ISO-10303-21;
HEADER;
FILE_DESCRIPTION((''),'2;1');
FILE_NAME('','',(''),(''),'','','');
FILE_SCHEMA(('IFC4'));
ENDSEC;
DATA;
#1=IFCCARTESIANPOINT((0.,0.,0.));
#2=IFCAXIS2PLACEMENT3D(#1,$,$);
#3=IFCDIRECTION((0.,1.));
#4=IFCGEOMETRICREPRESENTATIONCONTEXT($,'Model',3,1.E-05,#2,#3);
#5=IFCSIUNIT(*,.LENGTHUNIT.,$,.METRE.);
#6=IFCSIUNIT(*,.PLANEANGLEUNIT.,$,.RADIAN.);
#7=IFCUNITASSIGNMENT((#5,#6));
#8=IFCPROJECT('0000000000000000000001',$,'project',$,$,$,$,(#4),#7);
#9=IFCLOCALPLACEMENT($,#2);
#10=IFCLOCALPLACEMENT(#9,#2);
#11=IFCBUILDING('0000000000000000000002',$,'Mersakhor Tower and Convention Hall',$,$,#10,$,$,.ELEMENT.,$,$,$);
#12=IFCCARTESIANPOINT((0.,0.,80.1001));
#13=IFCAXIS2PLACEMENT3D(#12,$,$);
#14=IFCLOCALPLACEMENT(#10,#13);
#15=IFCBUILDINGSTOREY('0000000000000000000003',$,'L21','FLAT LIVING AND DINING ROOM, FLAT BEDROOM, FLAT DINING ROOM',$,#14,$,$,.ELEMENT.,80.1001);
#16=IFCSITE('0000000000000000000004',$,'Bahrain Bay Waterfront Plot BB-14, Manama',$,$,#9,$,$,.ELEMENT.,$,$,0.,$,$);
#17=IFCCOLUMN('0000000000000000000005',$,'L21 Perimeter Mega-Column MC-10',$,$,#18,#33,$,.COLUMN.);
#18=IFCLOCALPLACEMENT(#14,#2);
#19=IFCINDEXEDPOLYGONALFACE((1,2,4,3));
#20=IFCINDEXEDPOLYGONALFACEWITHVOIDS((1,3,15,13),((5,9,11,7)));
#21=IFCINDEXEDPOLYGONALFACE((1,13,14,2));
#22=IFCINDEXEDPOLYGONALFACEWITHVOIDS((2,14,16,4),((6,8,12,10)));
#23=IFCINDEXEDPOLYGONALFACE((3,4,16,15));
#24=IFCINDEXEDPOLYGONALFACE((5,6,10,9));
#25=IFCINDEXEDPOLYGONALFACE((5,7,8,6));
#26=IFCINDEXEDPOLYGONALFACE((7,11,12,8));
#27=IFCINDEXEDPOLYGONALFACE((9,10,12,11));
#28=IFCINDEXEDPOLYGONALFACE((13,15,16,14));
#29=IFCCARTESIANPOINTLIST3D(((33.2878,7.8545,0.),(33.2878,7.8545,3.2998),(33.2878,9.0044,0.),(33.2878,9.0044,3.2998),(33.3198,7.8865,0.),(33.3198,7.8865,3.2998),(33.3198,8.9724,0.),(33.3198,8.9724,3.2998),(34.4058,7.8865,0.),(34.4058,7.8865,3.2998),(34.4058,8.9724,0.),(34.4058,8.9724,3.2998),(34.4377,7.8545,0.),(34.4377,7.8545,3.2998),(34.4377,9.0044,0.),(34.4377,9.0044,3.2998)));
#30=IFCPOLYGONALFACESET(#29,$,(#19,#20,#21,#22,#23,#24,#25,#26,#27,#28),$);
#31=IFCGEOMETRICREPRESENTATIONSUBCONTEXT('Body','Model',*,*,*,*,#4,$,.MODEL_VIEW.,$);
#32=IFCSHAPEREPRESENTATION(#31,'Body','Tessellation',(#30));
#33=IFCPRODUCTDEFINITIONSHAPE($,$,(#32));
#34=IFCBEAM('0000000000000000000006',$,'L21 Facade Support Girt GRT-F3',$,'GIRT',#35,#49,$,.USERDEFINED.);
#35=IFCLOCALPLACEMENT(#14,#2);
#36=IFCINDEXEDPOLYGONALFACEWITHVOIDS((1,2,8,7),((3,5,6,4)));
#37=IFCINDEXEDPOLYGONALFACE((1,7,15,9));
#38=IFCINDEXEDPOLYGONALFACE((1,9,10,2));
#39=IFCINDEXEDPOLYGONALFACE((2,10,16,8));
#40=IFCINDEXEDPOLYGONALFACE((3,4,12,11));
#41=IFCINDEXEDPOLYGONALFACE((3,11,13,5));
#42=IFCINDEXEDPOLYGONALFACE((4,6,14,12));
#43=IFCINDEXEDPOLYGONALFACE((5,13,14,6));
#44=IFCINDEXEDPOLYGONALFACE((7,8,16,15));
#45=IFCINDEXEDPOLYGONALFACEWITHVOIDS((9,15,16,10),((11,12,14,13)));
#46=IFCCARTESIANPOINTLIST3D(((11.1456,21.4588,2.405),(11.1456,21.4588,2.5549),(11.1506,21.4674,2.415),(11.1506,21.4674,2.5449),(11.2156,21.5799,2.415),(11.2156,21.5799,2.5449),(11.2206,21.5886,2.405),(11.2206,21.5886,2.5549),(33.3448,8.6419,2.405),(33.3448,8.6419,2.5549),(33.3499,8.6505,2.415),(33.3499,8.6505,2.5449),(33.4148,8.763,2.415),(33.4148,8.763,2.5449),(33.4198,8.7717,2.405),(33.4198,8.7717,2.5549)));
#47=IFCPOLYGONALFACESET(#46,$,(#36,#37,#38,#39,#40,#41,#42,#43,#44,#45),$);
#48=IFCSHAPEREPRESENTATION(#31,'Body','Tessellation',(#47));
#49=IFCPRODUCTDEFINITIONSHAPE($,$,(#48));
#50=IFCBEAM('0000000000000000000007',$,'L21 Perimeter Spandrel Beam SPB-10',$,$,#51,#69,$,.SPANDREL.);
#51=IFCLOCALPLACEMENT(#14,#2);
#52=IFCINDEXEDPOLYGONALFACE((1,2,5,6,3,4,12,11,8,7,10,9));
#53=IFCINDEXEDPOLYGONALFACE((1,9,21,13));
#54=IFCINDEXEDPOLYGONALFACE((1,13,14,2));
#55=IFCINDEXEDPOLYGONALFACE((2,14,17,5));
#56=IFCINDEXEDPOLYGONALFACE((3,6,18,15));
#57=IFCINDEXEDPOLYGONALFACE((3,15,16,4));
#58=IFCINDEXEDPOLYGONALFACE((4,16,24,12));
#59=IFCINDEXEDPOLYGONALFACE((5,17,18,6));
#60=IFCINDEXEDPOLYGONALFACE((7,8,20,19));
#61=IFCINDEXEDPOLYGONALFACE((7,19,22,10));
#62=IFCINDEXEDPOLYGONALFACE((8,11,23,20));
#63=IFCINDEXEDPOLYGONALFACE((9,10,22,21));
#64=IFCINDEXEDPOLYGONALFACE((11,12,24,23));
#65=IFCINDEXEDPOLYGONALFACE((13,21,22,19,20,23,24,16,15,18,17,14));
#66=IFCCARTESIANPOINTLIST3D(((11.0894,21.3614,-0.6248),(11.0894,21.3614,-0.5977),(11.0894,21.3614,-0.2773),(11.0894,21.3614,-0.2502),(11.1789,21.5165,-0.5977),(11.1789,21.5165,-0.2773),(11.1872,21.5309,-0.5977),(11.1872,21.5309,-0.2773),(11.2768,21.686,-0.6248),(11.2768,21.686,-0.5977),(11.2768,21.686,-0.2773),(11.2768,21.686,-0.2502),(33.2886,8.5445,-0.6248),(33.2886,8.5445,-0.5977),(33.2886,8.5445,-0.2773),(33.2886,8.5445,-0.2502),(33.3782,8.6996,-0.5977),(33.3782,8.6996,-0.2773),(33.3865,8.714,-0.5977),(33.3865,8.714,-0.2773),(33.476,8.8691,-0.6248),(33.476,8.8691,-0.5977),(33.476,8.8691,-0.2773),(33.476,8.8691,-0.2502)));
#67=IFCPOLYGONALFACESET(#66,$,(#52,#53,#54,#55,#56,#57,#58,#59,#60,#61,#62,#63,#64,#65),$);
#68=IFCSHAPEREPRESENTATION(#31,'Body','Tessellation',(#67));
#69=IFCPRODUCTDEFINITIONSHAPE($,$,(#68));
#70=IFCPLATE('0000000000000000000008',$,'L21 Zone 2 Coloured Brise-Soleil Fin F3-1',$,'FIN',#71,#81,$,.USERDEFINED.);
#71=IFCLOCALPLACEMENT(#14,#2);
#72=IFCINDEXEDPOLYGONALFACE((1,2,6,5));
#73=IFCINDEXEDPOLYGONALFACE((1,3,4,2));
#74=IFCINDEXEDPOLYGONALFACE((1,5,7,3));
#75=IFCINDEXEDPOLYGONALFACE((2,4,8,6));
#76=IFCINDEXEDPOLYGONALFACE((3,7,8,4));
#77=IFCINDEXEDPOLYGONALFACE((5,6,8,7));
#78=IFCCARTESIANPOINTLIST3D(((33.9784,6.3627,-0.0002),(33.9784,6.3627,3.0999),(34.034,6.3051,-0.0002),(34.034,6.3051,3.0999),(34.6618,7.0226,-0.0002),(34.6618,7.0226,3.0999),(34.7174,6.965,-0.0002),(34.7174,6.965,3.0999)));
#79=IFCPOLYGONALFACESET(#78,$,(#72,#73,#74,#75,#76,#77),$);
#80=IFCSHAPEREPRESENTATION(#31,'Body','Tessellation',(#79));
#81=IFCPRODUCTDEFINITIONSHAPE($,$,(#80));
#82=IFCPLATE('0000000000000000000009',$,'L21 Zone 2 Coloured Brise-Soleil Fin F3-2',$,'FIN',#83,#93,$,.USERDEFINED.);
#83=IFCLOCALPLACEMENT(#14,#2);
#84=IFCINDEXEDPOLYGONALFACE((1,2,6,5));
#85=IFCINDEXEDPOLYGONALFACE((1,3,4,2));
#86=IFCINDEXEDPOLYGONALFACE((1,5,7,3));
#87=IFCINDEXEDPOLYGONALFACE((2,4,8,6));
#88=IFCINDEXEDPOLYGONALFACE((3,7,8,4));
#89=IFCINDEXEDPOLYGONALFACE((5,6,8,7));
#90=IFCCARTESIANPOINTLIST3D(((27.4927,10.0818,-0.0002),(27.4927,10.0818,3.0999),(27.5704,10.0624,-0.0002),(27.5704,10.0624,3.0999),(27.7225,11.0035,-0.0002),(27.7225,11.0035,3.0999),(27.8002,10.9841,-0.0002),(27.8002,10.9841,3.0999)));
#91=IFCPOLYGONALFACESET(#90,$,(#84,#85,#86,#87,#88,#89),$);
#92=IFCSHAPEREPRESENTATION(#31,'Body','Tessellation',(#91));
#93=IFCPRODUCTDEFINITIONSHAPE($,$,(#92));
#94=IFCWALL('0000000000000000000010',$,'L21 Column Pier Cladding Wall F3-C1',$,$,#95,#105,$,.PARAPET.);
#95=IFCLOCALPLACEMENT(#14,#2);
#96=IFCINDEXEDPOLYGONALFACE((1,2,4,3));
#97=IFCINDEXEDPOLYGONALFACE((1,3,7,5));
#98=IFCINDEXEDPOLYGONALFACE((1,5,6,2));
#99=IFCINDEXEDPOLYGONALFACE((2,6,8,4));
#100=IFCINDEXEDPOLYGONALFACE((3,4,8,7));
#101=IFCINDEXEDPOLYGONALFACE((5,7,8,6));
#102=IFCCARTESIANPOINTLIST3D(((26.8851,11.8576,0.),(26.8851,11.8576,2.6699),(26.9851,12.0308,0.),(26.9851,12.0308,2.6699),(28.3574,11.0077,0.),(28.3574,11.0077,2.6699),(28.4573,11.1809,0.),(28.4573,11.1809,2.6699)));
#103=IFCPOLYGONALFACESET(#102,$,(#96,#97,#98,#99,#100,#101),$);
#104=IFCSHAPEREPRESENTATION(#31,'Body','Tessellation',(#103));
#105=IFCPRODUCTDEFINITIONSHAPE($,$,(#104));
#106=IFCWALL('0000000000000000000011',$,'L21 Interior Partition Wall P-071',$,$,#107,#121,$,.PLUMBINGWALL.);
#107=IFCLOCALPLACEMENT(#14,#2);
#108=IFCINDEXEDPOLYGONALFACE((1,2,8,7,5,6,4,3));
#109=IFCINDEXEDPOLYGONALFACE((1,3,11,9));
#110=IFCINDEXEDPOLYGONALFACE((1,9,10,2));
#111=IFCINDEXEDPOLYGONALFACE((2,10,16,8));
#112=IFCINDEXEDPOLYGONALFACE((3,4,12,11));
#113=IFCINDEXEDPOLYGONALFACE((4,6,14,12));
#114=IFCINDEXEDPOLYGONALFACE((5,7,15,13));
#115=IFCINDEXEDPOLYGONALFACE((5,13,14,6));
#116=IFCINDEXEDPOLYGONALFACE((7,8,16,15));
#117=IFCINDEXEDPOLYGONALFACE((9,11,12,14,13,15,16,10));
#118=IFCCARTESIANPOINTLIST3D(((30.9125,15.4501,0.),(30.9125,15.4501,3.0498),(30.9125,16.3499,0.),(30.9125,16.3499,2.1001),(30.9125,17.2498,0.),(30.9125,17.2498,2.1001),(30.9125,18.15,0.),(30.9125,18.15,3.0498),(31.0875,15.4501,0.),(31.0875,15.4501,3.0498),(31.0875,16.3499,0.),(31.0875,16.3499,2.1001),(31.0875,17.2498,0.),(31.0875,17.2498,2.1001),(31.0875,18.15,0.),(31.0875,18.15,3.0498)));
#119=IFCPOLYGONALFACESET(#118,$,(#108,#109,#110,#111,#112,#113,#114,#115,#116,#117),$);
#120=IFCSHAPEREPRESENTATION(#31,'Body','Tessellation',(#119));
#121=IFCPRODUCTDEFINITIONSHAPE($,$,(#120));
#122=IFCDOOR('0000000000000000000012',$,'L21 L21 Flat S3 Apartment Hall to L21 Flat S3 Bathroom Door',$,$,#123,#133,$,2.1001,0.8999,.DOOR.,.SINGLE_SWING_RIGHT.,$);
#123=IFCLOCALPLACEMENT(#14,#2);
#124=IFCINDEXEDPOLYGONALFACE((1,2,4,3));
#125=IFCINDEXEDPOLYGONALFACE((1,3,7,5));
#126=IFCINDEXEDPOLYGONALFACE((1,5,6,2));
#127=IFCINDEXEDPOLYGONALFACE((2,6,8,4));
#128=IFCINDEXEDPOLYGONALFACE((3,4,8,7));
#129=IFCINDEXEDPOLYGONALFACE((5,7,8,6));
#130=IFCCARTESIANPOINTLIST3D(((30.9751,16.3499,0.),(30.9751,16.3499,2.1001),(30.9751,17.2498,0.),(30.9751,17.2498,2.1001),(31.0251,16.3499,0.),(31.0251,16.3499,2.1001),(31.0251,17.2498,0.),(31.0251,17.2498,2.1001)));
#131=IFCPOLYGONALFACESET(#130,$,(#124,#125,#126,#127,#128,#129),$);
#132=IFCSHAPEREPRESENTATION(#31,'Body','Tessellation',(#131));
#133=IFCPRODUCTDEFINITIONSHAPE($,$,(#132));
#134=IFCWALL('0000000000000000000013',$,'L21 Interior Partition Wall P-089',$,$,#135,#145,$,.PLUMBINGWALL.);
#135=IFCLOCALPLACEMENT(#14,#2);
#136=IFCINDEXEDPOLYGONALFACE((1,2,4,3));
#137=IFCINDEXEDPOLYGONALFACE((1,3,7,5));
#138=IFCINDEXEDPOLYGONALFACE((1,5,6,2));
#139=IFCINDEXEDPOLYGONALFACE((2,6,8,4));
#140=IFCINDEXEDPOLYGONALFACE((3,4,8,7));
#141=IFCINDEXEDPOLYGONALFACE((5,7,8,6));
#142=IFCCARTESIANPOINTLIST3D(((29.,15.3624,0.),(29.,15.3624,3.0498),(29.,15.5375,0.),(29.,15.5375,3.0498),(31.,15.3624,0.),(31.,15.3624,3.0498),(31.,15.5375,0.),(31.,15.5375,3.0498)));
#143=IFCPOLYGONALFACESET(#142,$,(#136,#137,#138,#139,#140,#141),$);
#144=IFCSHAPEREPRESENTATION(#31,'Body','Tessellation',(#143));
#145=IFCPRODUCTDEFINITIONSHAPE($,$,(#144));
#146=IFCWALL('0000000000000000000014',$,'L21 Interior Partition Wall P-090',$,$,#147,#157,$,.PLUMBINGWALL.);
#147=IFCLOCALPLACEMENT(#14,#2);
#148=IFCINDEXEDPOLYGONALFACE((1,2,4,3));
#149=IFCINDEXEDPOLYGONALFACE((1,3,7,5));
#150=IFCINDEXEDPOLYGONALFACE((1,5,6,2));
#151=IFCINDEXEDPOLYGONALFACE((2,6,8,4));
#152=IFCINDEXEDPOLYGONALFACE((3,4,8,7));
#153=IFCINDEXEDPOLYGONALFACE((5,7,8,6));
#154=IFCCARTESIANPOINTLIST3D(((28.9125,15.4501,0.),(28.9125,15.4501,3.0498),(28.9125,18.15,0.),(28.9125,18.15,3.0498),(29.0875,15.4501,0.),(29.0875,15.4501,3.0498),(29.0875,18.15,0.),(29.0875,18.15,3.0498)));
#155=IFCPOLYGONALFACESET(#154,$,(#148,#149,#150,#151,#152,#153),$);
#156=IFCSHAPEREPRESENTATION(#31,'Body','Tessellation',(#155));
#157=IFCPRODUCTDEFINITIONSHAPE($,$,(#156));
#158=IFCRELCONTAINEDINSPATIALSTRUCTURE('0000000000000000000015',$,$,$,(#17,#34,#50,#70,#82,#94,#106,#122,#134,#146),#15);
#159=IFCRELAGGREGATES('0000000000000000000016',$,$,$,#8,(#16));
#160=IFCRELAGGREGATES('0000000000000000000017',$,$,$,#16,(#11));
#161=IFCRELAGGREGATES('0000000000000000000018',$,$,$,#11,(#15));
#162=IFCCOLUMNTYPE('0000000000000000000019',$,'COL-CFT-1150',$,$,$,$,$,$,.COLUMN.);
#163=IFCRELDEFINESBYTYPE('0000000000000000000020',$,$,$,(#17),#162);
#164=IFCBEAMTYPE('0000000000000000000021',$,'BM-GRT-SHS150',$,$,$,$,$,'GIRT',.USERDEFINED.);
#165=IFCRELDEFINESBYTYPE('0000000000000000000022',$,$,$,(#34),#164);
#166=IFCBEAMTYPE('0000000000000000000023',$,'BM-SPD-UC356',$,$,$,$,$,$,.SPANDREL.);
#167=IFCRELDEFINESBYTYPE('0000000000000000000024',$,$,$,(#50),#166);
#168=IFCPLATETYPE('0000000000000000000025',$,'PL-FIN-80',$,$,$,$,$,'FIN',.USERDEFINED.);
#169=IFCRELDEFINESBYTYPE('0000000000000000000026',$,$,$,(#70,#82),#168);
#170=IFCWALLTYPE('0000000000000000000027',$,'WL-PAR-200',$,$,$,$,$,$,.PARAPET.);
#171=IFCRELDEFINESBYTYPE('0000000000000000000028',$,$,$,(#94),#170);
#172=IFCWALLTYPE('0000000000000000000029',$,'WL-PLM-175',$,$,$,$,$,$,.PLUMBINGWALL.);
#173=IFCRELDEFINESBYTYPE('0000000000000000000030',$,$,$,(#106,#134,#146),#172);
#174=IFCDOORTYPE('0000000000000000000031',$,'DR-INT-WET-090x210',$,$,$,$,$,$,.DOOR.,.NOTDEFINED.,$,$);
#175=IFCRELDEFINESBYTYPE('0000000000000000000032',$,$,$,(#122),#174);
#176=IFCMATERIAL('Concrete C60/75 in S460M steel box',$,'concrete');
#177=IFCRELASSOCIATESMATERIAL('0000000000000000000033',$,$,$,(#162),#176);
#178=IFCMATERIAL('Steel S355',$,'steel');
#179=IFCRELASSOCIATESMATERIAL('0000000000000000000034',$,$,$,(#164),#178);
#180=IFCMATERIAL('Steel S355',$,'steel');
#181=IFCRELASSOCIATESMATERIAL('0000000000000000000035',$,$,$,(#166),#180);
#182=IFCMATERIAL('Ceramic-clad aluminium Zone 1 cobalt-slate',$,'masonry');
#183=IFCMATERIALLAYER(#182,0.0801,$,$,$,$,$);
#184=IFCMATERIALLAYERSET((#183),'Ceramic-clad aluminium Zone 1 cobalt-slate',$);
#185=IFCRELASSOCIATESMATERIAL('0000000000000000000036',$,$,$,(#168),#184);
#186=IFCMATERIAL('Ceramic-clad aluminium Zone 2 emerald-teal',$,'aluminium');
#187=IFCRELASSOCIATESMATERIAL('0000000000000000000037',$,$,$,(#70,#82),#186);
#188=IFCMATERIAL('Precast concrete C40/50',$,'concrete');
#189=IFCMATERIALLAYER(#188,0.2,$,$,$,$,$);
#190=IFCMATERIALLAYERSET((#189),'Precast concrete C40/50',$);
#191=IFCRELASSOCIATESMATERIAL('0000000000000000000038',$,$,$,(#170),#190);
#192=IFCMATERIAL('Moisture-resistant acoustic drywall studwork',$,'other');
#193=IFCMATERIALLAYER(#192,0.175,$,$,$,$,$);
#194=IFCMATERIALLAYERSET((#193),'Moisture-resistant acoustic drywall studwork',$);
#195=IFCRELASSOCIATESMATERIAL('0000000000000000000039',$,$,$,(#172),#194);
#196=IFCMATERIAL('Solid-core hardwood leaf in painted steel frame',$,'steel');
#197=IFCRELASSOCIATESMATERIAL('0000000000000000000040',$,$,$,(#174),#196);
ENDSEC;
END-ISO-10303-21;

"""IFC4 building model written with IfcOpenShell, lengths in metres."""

from ifc_helpers import new_model, si_unit, direction, frame, frame_2d, origin, origin_2d, place, context, subcontext, project, spatial, rectangle, hollow_rectangle, i_section, extrude, material, layer, layer_set, material_profile, profile_set, type_object, element, fill, save


model = new_model("IFC4")

# Units and contexts
model_context = context("Model", 3, precision=1e-05, world=origin(), true_north=direction((0.0, 1.0)))
body_context = subcontext(model_context, "Body", "Model", "MODEL_VIEW")
ifc_project = project(units=[si_unit("LENGTHUNIT", "METRE"), si_unit("PLANEANGLEUNIT", "RADIAN")], contexts=[model_context])

# Site, building, storey
site_placement = place(None, origin())
site = spatial("IfcSite", under=ifc_project, at=site_placement, Name="Bahrain Bay Waterfront Plot BB-14, Manama", CompositionType="ELEMENT", RefElevation=0.0)
building_placement = place(site_placement, origin())
building = spatial("IfcBuilding", under=site, at=building_placement, Name="Mersakhor Tower and Convention Hall", CompositionType="ELEMENT")
storey_placement = place(building_placement, frame((0.0, 0.0, 80.1001)))
storey = spatial("IfcBuildingStorey", under=building, at=storey_placement, Name="L21", Description="FLAT LIVING AND DINING ROOM, FLAT BEDROOM, FLAT DINING ROOM", CompositionType="ELEMENT", Elevation=80.1001)

# Column
ifc_material_1 = material(Name="Concrete C60/75 in S460M steel box", Category="concrete")
ifc_material_profile_1 = material_profile(ifc_material_1, hollow_rectangle(XDim=1.1499, YDim=1.1499, WallThickness=0.032, at=origin_2d()), Name="SHS 1150x1150x32")
ifc_profile_set_1 = profile_set([ifc_material_profile_1], Name="Concrete C60/75 in S460M steel box")
column_type = type_object("IfcColumnType", Name="COL-CFT-1150", PredefinedType="COLUMN", material=ifc_profile_set_1)
column_placement = place(storey_placement, frame((33.8628, 8.4294, 0.0), z_axis=(0.0, 0.0, 1.0), x_axis=(1.0, 0.0, 0.0)))
element("IfcColumn", 1, at=column_placement, inside=storey, type_object=column_type, Name="L21 Perimeter Mega-Column MC-10", PredefinedType="COLUMN", context=body_context, shape_type="SweptSolid", body=[
    extrude(hollow_rectangle(XDim=1.1499, YDim=1.1499, WallThickness=0.032, at=origin_2d()), origin(), (0.0, 0.0, 1.0), 3.2998),
])

# Beams
ifc_material_2 = material(Name="Steel S355", Category="steel")
ifc_material_profile_2 = material_profile(ifc_material_2, hollow_rectangle(XDim=0.1499, YDim=0.1499, WallThickness=0.01, at=origin_2d()), Name="SHS 150x150x10")
ifc_profile_set_2 = profile_set([ifc_material_profile_2], Name="Steel S355")
beam_type_1 = type_object("IfcBeamType", Name="BM-GRT-SHS150", ElementType="GIRT", PredefinedType="USERDEFINED", material=ifc_profile_set_2)
beam_1_placement = place(storey_placement, frame((33.3823, 8.7068, 2.48), z_axis=(-0.866023, 0.500005, 0.0), x_axis=(-0.500005, -0.866023, 0.0)))
element("IfcBeam", 2, at=beam_1_placement, inside=storey, type_object=beam_type_1, Name="L21 Facade Support Girt GRT-F3", ObjectType="GIRT", PredefinedType="USERDEFINED", context=body_context, shape_type="SweptSolid", body=[
    extrude(hollow_rectangle(XDim=0.1499, YDim=0.1499, WallThickness=0.01, at=origin_2d()), origin(), (0.0, 0.0, 1.0), 25.6335),
])
ifc_material_3 = material(Name="Steel S355", Category="steel")
ifc_material_profile_3 = material_profile(ifc_material_3, i_section(OverallWidth=0.3748, OverallDepth=0.3745, WebThickness=0.0166, FlangeThickness=0.0271, at=origin_2d()), Name="UC 356x368x202")
ifc_profile_set_3 = profile_set([ifc_material_profile_3], Name="Steel S355")
beam_type_2 = type_object("IfcBeamType", Name="BM-SPD-UC356", PredefinedType="SPANDREL", material=ifc_profile_set_3)
beam_2_placement = place(storey_placement, frame((33.3823, 8.7068, -0.4375), z_axis=(-0.866023, 0.500005, 0.0), x_axis=(-0.500005, -0.866023, 0.0)))
element("IfcBeam", 3, at=beam_2_placement, inside=storey, type_object=beam_type_2, Name="L21 Perimeter Spandrel Beam SPB-10", PredefinedType="SPANDREL", context=body_context, shape_type="SweptSolid", body=[
    extrude(i_section(OverallWidth=0.3748, OverallDepth=0.3745, WebThickness=0.0166, FlangeThickness=0.0271, at=origin_2d()), origin(), (0.0, 0.0, 1.0), 25.6335),
])

# Plates
ifc_material_4 = material(Name="Ceramic-clad aluminium Zone 2 emerald-teal", Category="aluminium")
ifc_material_5 = material(Name="Ceramic-clad aluminium Zone 1 cobalt-slate", Category="masonry")
ifc_layer_1 = layer(ifc_material_5, 0.0801)
ifc_layer_set_1 = layer_set([ifc_layer_1], Name="Ceramic-clad aluminium Zone 1 cobalt-slate")
plate_type = type_object("IfcPlateType", Name="PL-FIN-80", ElementType="FIN", PredefinedType="USERDEFINED", material=ifc_layer_set_1)
for number, where, z_axis, x_axis, name in (
    (4, (34.3479, 6.6638, -0.0002), (0.0, 0.0, 1.0), (-0.71934, -0.694658, 0.0), "L21 Zone 2 Coloured Brise-Soleil Fin F3-1"),
    (5, (27.6465, 10.533, -0.0002), (0.0, 0.0, 1.0), (-0.241922, -0.970296, 0.0), "L21 Zone 2 Coloured Brise-Soleil Fin F3-2"),
):
    element("IfcPlate", number, at=place(storey_placement, frame(where, z_axis=z_axis, x_axis=x_axis)), inside=storey, type_object=plate_type, material=ifc_material_4, Name=name, ObjectType="FIN", PredefinedType="USERDEFINED", context=body_context, shape_type="SweptSolid", body=[
        extrude(rectangle(XDim=0.95, YDim=0.0801, at=origin_2d()), origin(), (0.0, 0.0, 1.0), 3.1001),
    ])

# Wall
ifc_material_6 = material(Name="Precast concrete C40/50", Category="concrete")
ifc_layer_2 = layer(ifc_material_6, 0.2)
ifc_layer_set_2 = layer_set([ifc_layer_2], Name="Precast concrete C40/50")
wall_type_1 = type_object("IfcWallType", Name="WL-PAR-200", PredefinedType="PARAPET", material=ifc_layer_set_2)
wall_1_placement = place(storey_placement, frame((28.4075, 11.0942, 0.0), z_axis=(0.0, 0.0, 1.0), x_axis=(-0.866052, 0.499955, 0.0)))
element("IfcWall", 6, at=wall_1_placement, inside=storey, type_object=wall_type_1, Name="L21 Column Pier Cladding Wall F3-C1", PredefinedType="PARAPET", context=body_context, shape_type="SweptSolid", body=[
    extrude(rectangle(XDim=1.7, YDim=0.2, at=frame_2d((0.8501, 0.0))), origin(), (0.0, 0.0, 1.0), 2.6699),
])

# Wall, opening, door
ifc_material_7 = material(Name="Moisture-resistant acoustic drywall studwork", Category="other")
ifc_layer_3 = layer(ifc_material_7, 0.175)
ifc_layer_set_3 = layer_set([ifc_layer_3], Name="Moisture-resistant acoustic drywall studwork")
wall_type_2 = type_object("IfcWallType", Name="WL-PLM-175", PredefinedType="PLUMBINGWALL", material=ifc_layer_set_3)
wall_2_placement = place(storey_placement, frame((31.0, 15.45, 0.0), z_axis=(0.0, 0.0, 1.0), x_axis=(0.0, 1.0, 0.0)))
wall_2 = element("IfcWall", 7, at=wall_2_placement, inside=storey, type_object=wall_type_2, Name="L21 Interior Partition Wall P-071", PredefinedType="PLUMBINGWALL", context=body_context, shape_type="SweptSolid", body=[
    extrude(rectangle(XDim=2.7, YDim=0.175, at=frame_2d((1.3501, 0.0))), origin(), (0.0, 0.0, 1.0), 3.0498),
])
opening_1_placement = place(wall_2_placement, frame((0.8999, 0.0, 0.0)))
opening_1 = element("IfcOpeningElement", 8, at=opening_1_placement, cuts=wall_2, PredefinedType="OPENING", context=body_context, shape_type="SweptSolid", body=[
    extrude(rectangle(XDim=0.8999, YDim=2.1001, at=frame_2d((0.45, 1.05))), frame((0.0, 0.0974, 0.0), z_axis=(0.0, -1.0, 0.0), x_axis=(1.0, 0.0, 0.0)), (0.0, 0.0, 1.0), 0.1951),
])
ifc_material_8 = material(Name="Solid-core hardwood leaf in painted steel frame", Category="steel")
door_type_1 = type_object("IfcDoorType", Name="DR-INT-WET-090x210", OperationType="NOTDEFINED", PredefinedType="DOOR", material=ifc_material_8)
door_1_placement = place(opening_1_placement, origin())
door_1 = element("IfcDoor", 9, at=door_1_placement, inside=storey, type_object=door_type_1, Name="L21 L21 Flat S3 Apartment Hall to L21 Flat S3 Bathroom Door", OperationType="SINGLE_SWING_RIGHT", OverallHeight=2.1001, OverallWidth=0.8999, PredefinedType="DOOR", context=body_context, shape_type="SweptSolid", body=[
    extrude(rectangle(XDim=0.8999, YDim=2.1001, at=frame_2d((0.45, 1.05))), frame((0.0, 0.0249, 0.0), z_axis=(0.0, -1.0, 0.0), x_axis=(1.0, 0.0, 0.0)), (0.0, 0.0, 1.0), 0.05),
])
fill(opening_1, door_1)

# Walls
wall_3_placement = place(storey_placement, frame((31.0, 15.45, 0.0), z_axis=(0.0, 0.0, 1.0), x_axis=(-1.0, 0.0, 0.0)))
element("IfcWall", 10, at=wall_3_placement, inside=storey, type_object=wall_type_2, Name="L21 Interior Partition Wall P-089", PredefinedType="PLUMBINGWALL", context=body_context, shape_type="SweptSolid", body=[
    extrude(rectangle(XDim=2.0, YDim=0.175, at=frame_2d((1.0, 0.0))), origin(), (0.0, 0.0, 1.0), 3.0498),
])
wall_4_placement = place(storey_placement, frame((29.0, 15.45, 0.0), z_axis=(0.0, 0.0, 1.0), x_axis=(0.0, 1.0, 0.0)))
element("IfcWall", 11, at=wall_4_placement, inside=storey, type_object=wall_type_2, Name="L21 Interior Partition Wall P-090", PredefinedType="PLUMBINGWALL", context=body_context, shape_type="SweptSolid", body=[
    extrude(rectangle(XDim=2.7, YDim=0.175, at=frame_2d((1.3501, 0.0))), origin(), (0.0, 0.0, 1.0), 3.0498),
])

save(model, "model.ifc")
